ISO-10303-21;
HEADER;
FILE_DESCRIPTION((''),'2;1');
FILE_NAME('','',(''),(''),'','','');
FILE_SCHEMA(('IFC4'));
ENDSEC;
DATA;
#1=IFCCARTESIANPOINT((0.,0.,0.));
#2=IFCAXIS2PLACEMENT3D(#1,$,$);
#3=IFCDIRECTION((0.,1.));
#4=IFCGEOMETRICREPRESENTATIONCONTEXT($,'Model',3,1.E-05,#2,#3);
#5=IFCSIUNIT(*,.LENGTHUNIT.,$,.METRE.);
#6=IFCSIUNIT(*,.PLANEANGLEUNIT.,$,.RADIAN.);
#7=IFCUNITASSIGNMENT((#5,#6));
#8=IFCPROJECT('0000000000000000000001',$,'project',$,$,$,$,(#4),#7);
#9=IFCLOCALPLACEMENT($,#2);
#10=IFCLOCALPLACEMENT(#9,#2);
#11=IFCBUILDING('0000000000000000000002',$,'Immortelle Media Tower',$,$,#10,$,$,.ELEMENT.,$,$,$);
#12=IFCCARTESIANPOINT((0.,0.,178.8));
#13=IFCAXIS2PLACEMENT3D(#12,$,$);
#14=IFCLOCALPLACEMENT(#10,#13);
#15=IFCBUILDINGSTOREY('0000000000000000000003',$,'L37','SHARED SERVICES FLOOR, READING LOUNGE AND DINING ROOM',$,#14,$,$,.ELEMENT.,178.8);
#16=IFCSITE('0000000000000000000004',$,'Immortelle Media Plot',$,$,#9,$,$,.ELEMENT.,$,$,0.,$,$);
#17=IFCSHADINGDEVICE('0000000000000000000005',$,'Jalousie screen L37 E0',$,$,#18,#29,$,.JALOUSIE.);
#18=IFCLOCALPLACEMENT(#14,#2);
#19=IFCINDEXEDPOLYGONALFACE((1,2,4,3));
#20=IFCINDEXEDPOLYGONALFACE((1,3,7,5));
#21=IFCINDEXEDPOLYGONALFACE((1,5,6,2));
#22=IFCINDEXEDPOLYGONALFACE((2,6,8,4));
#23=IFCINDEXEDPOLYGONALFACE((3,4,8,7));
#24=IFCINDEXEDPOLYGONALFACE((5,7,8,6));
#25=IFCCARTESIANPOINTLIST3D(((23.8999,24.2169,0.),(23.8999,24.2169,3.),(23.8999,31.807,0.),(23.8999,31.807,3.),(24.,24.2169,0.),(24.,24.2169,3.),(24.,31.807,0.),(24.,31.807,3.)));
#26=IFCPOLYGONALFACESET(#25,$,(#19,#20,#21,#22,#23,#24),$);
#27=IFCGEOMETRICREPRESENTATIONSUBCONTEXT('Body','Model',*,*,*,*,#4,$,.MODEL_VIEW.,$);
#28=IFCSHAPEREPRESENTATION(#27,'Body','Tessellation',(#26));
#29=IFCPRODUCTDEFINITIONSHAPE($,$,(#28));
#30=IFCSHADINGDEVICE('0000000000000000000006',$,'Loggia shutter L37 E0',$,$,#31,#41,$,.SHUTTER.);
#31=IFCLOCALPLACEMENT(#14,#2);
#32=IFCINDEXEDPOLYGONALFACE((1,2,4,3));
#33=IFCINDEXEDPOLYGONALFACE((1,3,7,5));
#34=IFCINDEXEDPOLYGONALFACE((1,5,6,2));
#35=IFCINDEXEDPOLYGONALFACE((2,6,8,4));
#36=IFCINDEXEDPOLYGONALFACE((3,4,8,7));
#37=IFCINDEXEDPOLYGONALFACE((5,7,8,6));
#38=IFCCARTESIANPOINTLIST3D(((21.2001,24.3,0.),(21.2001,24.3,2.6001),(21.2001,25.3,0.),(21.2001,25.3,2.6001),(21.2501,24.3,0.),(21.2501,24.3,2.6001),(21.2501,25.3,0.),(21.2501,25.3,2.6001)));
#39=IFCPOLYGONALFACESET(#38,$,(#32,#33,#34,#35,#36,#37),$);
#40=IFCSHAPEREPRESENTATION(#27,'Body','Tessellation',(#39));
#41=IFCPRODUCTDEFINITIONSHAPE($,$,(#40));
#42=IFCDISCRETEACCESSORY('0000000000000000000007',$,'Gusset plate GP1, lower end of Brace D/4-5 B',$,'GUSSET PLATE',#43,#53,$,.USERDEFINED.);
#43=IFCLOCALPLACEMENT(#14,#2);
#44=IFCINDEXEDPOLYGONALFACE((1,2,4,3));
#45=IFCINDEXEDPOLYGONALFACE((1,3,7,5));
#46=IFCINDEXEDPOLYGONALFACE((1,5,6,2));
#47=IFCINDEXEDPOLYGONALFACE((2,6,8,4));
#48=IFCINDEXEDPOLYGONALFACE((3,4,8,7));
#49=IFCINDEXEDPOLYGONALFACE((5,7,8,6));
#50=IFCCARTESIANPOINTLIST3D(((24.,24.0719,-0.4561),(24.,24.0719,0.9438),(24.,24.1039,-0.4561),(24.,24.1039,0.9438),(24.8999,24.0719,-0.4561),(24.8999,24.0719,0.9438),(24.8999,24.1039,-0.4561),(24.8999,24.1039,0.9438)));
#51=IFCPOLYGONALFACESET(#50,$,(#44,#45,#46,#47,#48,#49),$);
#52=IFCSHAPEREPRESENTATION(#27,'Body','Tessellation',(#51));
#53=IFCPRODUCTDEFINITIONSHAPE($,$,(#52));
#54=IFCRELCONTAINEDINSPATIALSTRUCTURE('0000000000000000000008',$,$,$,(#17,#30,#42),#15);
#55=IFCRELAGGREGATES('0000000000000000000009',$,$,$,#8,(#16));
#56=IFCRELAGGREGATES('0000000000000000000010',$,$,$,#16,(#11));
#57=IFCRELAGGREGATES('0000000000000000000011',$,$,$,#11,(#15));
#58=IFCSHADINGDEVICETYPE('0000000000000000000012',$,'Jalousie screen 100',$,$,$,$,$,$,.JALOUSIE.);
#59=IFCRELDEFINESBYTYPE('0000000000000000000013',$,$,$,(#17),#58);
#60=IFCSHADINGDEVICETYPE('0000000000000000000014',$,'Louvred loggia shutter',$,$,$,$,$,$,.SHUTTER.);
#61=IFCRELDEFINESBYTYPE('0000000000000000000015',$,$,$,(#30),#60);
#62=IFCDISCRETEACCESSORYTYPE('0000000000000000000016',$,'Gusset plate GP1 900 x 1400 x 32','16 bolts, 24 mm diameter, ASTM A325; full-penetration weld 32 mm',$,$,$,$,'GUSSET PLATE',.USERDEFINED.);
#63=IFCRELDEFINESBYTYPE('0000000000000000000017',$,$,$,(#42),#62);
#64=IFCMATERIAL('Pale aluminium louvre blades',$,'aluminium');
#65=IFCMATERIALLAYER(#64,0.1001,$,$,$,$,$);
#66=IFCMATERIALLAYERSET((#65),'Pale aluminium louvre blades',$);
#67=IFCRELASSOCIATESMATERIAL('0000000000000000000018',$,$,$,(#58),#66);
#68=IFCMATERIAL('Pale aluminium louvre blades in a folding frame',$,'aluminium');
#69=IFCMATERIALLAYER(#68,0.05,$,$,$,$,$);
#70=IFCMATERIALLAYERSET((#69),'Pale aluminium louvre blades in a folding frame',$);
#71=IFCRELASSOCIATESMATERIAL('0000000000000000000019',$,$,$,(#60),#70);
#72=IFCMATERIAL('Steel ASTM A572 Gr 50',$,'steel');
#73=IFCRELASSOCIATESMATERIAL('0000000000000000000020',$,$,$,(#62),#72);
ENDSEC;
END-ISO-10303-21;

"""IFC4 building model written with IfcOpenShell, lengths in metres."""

from ifc_helpers import new_model, si_unit, direction, frame, origin, origin_2d, place, context, subcontext, project, spatial, rectangle, extrude, material, layer, layer_set, material_profile, profile_set, type_object, element, save


model = new_model("IFC4")

# Units and contexts
model_context = context("Model", 3, precision=1e-05, world=origin(), true_north=direction((0.0, 1.0)))
body_context = subcontext(model_context, "Body", "Model", "MODEL_VIEW")
ifc_project = project(units=[si_unit("LENGTHUNIT", "METRE"), si_unit("PLANEANGLEUNIT", "RADIAN")], contexts=[model_context])

# Site, building, storey
site_placement = place(None, origin())
site = spatial("IfcSite", under=ifc_project, at=site_placement, Name="Immortelle Media Plot", CompositionType="ELEMENT", RefElevation=0.0)
building_placement = place(site_placement, origin())
building = spatial("IfcBuilding", under=site, at=building_placement, Name="Immortelle Media Tower", CompositionType="ELEMENT")
storey_placement = place(building_placement, frame((0.0, 0.0, 178.8)))
storey = spatial("IfcBuildingStorey", under=building, at=storey_placement, Name="L37", Description="SHARED SERVICES FLOOR, READING LOUNGE AND DINING ROOM", CompositionType="ELEMENT", Elevation=178.8)

# Shading devices
ifc_material_1 = material(Name="Pale aluminium louvre blades", Category="aluminium")
ifc_layer_1 = layer(ifc_material_1, 0.1001)
ifc_layer_set_1 = layer_set([ifc_layer_1], Name="Pale aluminium louvre blades")
shading_device_type_1 = type_object("IfcShadingDeviceType", Name="Jalousie screen 100", PredefinedType="JALOUSIE", material=ifc_layer_set_1)
shading_device_1_placement = place(storey_placement, frame((23.95, 28.012, 0.0), z_axis=(0.0, 0.0, 1.0), x_axis=(0.0, 1.0, 0.0)))
element("IfcShadingDevice", 1, at=shading_device_1_placement, inside=storey, type_object=shading_device_type_1, Name="Jalousie screen L37 E0", PredefinedType="JALOUSIE", context=body_context, shape_type="SweptSolid", body=[
    extrude(rectangle(XDim=7.5901, YDim=0.1001, at=origin_2d()), origin(), (0.0, 0.0, 1.0), 3.0),
])
ifc_material_2 = material(Name="Pale aluminium louvre blades in a folding frame", Category="aluminium")
ifc_layer_2 = layer(ifc_material_2, 0.05)
ifc_layer_set_2 = layer_set([ifc_layer_2], Name="Pale aluminium louvre blades in a folding frame")
shading_device_type_2 = type_object("IfcShadingDeviceType", Name="Louvred loggia shutter", PredefinedType="SHUTTER", material=ifc_layer_set_2)
shading_device_2_placement = place(storey_placement, frame((21.2251, 24.8, 0.0), z_axis=(0.0, 0.0, 1.0), x_axis=(0.0, 1.0, 0.0)))
element("IfcShadingDevice", 2, at=shading_device_2_placement, inside=storey, type_object=shading_device_type_2, Name="Loggia shutter L37 E0", PredefinedType="SHUTTER", context=body_context, shape_type="SweptSolid", body=[
    extrude(rectangle(XDim=1.0, YDim=0.05, at=origin_2d()), origin(), (0.0, 0.0, 1.0), 2.6001),
])

# Discrete accessory
ifc_material_3 = material(Name="Steel ASTM A572 Gr 50", Category="steel")
ifc_material_profile_1 = material_profile(ifc_material_3, rectangle(XDim=0.032, YDim=1.3999, at=origin_2d()), Name="PL 32 x 1400")
ifc_profile_set_1 = profile_set([ifc_material_profile_1], Name="Steel ASTM A572 Gr 50")
discrete_accessory_type = type_object("IfcDiscreteAccessoryType", Name="Gusset plate GP1 900 x 1400 x 32", Description="16 bolts, 24 mm diameter, ASTM A325; full-penetration weld 32 mm", ElementType="GUSSET PLATE", PredefinedType="USERDEFINED", material=ifc_profile_set_1)
discrete_accessory_placement = place(storey_placement, frame((24.0, 24.0879, 0.2439), z_axis=(1.0, 0.0, 0.0), x_axis=(0.0, 1.0, 0.0)))
element("IfcDiscreteAccessory", 3, at=discrete_accessory_placement, inside=storey, type_object=discrete_accessory_type, Name="Gusset plate GP1, lower end of Brace D/4-5 B", ObjectType="GUSSET PLATE", PredefinedType="USERDEFINED", context=body_context, shape_type="SweptSolid", body=[
    extrude(rectangle(XDim=0.032, YDim=1.3999, at=origin_2d()), origin(), (0.0, 0.0, 1.0), 0.8999),
])

save(model, "model.ifc")
